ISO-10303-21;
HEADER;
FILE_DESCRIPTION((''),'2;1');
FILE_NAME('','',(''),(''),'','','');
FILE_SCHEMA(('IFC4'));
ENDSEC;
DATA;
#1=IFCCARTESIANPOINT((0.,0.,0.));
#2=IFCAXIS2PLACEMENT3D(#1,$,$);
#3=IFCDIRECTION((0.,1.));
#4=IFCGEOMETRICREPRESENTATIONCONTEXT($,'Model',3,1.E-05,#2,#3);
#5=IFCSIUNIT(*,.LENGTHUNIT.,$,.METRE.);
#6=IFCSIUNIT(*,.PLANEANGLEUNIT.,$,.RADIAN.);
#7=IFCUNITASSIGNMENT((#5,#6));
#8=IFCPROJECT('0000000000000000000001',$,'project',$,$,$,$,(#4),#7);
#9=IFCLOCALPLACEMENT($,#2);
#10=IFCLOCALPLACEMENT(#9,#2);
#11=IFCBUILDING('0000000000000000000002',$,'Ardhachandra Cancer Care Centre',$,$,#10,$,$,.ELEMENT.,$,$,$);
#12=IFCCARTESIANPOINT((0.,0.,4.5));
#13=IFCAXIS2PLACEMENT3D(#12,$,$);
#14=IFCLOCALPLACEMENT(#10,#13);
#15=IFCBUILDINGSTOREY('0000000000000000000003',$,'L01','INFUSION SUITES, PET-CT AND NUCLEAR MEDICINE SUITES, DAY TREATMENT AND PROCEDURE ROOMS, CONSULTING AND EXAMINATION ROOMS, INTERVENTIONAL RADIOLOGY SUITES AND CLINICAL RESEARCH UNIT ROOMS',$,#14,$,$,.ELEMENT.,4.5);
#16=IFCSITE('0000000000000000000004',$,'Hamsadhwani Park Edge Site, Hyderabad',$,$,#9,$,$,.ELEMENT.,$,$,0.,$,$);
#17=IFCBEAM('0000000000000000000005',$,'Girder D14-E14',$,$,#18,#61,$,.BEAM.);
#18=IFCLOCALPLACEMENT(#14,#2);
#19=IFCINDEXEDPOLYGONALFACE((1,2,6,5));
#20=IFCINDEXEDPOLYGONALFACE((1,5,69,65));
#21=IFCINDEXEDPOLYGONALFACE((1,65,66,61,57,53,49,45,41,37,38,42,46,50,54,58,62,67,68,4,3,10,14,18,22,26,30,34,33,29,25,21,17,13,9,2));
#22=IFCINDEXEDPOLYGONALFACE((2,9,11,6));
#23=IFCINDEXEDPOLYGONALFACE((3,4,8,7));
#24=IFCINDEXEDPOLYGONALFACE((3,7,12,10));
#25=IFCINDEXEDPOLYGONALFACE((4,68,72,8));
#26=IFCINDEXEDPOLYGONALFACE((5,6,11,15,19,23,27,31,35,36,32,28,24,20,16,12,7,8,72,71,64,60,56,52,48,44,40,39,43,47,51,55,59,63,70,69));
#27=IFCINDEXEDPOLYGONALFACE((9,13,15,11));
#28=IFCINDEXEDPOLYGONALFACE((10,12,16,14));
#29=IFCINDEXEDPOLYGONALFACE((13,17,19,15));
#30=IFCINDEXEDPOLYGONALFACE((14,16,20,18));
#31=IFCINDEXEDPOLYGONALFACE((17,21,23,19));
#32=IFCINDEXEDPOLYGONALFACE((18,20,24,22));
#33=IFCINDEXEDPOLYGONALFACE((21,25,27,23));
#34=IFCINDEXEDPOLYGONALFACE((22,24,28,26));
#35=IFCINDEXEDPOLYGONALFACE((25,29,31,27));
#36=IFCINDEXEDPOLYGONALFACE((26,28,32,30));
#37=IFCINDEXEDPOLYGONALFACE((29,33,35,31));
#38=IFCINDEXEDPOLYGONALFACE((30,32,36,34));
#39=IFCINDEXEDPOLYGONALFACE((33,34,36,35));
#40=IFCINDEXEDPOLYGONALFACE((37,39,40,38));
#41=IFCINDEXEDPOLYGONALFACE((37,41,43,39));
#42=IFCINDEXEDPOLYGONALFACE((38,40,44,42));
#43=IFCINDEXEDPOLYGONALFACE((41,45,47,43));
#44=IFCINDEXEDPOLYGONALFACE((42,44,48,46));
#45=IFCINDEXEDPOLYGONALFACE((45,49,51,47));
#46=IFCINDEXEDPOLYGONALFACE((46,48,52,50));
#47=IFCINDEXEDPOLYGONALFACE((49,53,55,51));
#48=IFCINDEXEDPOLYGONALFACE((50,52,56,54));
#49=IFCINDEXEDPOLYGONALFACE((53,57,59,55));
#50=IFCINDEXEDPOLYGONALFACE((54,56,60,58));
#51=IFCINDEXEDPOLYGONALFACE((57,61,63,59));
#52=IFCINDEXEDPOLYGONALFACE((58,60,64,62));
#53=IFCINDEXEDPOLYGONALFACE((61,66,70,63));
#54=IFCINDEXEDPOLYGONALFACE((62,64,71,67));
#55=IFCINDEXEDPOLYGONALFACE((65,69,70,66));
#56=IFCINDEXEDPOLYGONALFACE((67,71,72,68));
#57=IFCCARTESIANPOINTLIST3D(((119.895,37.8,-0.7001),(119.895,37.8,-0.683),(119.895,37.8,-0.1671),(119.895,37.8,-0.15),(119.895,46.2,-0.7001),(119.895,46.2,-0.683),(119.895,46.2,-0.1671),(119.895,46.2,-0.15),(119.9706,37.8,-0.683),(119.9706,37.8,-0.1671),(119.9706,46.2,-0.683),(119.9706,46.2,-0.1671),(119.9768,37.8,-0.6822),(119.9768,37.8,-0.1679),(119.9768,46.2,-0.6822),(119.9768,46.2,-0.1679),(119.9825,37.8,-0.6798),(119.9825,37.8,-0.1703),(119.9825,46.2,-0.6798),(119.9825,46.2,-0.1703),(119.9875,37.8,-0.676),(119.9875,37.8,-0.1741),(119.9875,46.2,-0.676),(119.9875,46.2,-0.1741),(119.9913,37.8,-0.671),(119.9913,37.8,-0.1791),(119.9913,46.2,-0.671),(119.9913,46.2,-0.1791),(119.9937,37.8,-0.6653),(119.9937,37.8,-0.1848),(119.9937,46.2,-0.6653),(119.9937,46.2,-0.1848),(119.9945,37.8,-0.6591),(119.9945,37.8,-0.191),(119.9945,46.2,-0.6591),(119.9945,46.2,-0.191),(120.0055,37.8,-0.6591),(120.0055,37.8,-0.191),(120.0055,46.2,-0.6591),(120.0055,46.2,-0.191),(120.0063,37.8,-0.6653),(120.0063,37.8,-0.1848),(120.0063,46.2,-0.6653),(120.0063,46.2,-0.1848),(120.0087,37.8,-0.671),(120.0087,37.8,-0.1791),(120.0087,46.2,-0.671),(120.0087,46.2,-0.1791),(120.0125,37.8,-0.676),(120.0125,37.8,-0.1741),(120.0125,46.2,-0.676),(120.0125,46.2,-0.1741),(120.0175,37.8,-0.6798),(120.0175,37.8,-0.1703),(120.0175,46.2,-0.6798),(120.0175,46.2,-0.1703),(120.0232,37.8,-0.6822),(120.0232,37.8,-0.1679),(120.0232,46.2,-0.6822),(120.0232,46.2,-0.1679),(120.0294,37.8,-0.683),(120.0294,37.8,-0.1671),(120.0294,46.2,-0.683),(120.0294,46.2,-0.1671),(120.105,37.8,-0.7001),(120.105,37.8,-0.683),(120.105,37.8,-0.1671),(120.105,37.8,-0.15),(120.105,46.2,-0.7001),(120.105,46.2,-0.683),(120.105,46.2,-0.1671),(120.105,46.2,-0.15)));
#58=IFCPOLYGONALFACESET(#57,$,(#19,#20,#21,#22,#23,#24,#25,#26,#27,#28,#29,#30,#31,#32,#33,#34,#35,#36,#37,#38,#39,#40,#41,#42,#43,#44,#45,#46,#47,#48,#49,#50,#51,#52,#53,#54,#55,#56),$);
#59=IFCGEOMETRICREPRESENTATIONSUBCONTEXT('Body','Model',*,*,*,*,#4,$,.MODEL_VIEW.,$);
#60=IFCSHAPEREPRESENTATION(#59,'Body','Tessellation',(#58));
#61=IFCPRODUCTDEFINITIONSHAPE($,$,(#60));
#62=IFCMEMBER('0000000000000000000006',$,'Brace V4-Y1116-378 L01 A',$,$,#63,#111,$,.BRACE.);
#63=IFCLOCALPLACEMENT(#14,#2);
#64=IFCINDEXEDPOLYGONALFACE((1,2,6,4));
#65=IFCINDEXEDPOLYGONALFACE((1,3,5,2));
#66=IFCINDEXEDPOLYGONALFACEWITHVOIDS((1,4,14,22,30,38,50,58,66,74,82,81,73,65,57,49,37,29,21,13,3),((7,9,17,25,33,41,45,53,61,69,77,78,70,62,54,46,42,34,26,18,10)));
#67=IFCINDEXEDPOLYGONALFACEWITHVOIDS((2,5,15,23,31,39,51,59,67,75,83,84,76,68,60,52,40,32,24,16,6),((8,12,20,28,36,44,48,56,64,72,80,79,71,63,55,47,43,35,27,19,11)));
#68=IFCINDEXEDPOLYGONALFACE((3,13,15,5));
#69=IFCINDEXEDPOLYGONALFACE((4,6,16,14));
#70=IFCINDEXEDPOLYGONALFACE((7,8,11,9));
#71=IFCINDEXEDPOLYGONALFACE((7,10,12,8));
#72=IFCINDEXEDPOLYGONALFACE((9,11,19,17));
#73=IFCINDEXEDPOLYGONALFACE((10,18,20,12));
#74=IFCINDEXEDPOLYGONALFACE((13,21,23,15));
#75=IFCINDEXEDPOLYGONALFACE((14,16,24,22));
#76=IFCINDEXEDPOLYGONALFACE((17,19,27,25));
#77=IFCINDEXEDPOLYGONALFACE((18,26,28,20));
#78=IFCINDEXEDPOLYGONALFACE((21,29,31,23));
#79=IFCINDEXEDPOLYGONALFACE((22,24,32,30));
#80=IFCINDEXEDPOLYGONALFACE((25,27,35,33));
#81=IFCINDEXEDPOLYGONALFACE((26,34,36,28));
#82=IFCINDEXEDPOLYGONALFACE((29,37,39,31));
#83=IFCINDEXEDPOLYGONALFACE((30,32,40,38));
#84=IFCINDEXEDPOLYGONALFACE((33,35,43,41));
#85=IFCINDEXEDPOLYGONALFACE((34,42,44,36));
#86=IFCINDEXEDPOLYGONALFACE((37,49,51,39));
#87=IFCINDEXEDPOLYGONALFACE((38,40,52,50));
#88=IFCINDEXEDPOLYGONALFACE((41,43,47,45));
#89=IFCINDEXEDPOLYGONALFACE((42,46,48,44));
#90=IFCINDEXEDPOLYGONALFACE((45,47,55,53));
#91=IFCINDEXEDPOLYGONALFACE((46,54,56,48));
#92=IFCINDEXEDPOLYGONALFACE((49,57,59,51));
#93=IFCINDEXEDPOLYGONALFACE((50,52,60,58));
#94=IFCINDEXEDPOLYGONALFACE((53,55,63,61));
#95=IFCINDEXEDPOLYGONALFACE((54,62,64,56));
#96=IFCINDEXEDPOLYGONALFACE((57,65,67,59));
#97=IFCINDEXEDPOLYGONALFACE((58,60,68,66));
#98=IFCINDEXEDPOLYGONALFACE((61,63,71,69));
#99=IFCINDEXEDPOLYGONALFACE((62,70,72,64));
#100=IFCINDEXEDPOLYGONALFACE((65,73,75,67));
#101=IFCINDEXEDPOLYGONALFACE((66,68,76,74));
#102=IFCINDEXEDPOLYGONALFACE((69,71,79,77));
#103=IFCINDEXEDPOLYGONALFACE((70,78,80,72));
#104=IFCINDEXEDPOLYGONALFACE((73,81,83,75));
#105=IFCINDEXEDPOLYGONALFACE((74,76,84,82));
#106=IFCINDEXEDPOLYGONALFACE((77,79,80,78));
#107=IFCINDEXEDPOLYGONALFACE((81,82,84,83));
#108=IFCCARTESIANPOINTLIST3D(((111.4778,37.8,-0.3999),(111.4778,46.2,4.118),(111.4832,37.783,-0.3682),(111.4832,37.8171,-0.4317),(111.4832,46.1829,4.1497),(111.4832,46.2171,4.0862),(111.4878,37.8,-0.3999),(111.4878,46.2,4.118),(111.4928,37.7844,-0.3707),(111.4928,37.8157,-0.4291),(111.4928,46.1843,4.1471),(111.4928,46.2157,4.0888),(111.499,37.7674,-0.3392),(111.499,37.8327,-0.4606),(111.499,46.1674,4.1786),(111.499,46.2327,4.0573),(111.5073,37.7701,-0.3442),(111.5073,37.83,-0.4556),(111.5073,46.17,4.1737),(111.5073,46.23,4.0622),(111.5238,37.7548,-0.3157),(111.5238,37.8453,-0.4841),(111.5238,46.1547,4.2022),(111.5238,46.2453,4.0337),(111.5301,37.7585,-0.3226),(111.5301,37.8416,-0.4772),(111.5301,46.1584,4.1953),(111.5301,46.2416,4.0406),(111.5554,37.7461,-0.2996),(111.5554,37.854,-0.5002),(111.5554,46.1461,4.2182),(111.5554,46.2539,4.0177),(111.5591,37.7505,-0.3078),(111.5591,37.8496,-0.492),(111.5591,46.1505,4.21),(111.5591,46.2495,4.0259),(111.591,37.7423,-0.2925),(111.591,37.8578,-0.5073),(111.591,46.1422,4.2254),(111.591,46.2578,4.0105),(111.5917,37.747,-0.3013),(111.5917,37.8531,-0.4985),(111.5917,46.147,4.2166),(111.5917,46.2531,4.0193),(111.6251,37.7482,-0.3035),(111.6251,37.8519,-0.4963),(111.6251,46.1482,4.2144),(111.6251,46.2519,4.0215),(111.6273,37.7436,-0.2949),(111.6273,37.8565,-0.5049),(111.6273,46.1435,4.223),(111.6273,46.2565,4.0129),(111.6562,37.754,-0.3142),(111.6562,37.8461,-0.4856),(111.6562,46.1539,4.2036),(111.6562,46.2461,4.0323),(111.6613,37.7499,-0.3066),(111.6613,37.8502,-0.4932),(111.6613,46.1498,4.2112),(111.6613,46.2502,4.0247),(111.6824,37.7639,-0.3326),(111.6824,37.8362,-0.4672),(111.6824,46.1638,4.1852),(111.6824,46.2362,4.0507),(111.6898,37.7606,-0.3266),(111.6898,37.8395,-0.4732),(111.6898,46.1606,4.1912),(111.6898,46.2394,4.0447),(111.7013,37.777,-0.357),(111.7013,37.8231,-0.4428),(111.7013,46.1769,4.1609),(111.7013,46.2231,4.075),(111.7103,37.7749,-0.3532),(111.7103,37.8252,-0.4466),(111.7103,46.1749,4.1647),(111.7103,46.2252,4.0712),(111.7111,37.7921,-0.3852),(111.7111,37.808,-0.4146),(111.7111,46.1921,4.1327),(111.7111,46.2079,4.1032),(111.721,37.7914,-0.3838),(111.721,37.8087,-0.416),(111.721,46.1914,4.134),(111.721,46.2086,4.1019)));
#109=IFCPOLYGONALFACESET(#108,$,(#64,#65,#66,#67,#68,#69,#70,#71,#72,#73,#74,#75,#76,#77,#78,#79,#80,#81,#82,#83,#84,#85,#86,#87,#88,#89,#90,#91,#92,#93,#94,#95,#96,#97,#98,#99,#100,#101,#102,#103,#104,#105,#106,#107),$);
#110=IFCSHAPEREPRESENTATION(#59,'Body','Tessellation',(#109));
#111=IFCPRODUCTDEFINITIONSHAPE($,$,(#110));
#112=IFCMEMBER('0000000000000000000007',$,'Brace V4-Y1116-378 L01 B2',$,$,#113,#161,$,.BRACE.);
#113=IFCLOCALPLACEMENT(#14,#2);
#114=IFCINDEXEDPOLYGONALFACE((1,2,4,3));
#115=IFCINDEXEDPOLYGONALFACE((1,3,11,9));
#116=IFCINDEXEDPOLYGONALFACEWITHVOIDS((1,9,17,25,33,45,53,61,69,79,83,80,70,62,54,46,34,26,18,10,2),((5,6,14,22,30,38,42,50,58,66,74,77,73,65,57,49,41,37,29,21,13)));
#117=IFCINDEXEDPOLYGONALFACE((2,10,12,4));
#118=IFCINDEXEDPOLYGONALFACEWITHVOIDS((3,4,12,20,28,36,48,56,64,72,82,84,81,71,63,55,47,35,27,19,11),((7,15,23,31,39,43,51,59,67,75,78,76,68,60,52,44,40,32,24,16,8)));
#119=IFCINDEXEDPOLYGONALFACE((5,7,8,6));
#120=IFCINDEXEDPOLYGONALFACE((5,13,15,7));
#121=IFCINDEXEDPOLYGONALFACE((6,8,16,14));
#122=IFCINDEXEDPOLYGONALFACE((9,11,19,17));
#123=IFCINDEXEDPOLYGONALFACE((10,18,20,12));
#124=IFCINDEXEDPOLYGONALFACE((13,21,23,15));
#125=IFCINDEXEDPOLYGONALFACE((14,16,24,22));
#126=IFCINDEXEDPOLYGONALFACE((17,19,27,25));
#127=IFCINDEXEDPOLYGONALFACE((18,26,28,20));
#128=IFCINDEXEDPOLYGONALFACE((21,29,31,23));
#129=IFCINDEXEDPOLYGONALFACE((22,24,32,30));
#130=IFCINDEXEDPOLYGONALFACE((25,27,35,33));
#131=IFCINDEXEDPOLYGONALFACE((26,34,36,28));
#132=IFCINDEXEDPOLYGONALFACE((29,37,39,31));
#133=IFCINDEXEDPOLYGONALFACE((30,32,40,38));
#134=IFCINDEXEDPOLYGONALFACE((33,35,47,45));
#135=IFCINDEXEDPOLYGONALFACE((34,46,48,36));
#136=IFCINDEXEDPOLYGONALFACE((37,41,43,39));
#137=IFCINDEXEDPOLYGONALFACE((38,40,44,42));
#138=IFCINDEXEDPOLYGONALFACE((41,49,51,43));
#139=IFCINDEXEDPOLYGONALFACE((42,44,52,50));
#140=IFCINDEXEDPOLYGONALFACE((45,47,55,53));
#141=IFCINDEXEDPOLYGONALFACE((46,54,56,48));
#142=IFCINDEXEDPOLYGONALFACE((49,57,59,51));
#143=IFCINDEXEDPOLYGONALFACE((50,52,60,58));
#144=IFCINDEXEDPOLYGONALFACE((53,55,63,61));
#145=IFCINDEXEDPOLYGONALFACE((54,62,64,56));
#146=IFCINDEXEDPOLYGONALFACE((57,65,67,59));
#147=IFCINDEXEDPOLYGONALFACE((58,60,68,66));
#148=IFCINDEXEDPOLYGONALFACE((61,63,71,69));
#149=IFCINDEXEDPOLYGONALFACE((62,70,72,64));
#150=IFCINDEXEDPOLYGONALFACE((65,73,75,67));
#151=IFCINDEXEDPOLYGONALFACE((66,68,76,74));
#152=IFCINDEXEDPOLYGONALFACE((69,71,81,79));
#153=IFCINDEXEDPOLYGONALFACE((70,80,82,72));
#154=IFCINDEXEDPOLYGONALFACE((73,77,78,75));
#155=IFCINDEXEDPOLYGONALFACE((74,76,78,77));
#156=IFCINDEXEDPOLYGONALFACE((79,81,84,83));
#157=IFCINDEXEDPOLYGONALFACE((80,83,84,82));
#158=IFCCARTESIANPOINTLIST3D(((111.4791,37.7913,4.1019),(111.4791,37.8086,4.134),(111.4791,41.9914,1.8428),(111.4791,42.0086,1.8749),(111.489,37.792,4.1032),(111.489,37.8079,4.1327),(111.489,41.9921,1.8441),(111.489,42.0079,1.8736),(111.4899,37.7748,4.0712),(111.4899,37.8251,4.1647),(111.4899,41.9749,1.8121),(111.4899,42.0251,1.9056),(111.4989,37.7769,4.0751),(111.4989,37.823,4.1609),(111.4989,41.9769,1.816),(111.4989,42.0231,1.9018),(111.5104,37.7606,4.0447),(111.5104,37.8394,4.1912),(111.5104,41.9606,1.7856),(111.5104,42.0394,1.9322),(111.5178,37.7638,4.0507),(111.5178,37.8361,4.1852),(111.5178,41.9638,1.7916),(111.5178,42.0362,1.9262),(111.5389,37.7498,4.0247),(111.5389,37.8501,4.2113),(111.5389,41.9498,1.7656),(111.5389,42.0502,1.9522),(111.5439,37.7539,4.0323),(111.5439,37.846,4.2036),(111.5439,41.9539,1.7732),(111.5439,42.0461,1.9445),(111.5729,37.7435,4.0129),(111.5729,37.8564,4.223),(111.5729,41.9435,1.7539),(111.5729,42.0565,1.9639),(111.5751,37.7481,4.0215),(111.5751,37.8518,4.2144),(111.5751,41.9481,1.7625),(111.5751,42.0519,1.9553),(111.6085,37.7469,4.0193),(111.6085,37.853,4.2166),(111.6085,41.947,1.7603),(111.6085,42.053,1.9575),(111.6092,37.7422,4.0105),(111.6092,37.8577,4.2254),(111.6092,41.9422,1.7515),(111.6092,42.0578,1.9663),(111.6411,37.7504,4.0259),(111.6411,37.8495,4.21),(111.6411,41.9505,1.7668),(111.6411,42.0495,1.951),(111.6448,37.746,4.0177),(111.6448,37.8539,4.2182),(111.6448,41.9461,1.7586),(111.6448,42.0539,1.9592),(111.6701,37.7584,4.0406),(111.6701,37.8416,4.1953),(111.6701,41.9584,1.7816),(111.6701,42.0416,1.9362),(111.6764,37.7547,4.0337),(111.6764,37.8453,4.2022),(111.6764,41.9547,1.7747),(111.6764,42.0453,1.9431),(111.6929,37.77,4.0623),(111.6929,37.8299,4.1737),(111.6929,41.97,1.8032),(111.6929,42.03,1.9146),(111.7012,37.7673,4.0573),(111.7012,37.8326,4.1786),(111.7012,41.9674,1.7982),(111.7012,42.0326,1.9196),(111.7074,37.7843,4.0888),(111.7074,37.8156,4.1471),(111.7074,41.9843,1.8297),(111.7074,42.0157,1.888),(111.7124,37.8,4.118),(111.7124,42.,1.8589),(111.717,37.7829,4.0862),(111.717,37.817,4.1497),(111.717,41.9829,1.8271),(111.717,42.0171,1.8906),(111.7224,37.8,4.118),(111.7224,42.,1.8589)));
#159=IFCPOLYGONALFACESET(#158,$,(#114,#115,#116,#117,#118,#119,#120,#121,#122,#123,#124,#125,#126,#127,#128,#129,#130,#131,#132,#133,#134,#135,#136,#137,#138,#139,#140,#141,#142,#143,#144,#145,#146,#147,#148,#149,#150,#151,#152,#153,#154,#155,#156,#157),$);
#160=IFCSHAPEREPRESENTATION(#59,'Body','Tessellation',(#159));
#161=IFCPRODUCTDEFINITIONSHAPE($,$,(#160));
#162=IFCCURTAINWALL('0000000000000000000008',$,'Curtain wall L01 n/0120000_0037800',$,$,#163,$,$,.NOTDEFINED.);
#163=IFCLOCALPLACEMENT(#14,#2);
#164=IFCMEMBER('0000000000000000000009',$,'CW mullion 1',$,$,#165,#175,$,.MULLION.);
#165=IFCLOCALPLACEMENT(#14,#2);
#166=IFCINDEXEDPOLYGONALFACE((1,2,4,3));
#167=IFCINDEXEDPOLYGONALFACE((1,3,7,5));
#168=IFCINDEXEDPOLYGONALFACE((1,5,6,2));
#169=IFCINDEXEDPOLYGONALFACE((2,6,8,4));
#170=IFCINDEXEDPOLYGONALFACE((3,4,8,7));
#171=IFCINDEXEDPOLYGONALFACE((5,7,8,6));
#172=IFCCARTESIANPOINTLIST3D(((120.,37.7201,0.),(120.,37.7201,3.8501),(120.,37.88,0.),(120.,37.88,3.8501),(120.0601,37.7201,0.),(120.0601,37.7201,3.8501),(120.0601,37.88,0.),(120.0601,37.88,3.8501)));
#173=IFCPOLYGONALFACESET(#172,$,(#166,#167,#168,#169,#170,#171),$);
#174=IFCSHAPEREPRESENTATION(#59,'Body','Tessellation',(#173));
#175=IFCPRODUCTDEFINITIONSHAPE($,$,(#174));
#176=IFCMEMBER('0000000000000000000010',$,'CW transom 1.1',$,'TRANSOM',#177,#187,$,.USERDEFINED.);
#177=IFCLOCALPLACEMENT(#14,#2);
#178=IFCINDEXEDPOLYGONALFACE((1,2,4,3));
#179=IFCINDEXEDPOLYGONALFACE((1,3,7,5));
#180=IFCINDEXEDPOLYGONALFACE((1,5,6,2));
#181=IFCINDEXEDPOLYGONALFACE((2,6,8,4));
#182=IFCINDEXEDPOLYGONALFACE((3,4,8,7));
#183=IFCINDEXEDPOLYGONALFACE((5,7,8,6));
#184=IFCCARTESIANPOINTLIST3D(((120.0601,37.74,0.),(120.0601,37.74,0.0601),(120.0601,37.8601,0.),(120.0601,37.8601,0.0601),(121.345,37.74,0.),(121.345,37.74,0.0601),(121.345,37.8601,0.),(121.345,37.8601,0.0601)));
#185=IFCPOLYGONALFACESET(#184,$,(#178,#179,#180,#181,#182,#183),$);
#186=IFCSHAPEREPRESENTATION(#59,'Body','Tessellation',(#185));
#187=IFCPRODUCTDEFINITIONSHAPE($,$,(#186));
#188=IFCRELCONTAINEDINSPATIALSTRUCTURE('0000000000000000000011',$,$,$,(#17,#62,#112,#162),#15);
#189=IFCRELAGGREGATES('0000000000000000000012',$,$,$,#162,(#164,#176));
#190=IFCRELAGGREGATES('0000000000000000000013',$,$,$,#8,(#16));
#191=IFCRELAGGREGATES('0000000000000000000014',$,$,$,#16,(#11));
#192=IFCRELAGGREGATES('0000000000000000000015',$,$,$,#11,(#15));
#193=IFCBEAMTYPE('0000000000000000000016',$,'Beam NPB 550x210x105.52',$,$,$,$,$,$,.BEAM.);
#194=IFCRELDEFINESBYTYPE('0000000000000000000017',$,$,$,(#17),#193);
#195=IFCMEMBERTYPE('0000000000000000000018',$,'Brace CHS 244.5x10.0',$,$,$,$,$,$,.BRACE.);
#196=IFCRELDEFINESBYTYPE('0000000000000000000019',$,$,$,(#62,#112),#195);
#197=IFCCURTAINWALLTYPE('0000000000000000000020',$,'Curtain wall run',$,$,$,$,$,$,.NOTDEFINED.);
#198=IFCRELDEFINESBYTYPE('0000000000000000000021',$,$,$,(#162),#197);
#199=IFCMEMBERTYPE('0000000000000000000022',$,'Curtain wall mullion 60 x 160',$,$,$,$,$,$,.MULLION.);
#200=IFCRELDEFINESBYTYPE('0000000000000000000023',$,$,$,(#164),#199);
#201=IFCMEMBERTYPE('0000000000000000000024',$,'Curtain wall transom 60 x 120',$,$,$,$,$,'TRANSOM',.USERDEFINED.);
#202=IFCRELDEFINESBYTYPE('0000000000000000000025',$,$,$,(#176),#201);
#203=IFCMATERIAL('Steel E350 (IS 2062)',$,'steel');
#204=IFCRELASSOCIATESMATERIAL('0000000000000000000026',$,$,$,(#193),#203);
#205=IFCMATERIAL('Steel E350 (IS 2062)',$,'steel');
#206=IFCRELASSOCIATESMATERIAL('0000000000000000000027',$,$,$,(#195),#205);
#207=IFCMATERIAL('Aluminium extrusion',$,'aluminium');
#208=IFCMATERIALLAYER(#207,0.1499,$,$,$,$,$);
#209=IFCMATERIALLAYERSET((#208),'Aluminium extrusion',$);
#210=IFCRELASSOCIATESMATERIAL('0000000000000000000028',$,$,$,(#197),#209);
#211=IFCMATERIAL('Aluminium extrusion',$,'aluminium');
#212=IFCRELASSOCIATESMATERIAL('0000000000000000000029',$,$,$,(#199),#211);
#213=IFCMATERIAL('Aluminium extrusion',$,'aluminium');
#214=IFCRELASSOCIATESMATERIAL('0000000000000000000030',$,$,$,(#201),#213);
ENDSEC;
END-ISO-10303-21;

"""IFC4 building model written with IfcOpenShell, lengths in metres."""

from ifc_helpers import new_model, si_unit, direction, frame, origin, origin_2d, place, context, subcontext, project, spatial, rectangle, hollow_circle, i_section, extrude, material, layer, layer_set, material_profile, profile_set, type_object, element, aggregate, save


model = new_model("IFC4")

# Units and contexts
model_context = context("Model", 3, precision=1e-05, world=origin(), true_north=direction((0.0, 1.0)))
body_context = subcontext(model_context, "Body", "Model", "MODEL_VIEW")
ifc_project = project(units=[si_unit("LENGTHUNIT", "METRE"), si_unit("PLANEANGLEUNIT", "RADIAN")], contexts=[model_context])

# Site, building, storey
site_placement = place(None, origin())
site = spatial("IfcSite", under=ifc_project, at=site_placement, Name="Hamsadhwani Park Edge Site, Hyderabad", CompositionType="ELEMENT", RefElevation=0.0)
building_placement = place(site_placement, origin())
building = spatial("IfcBuilding", under=site, at=building_placement, Name="Ardhachandra Cancer Care Centre", CompositionType="ELEMENT")
storey_placement = place(building_placement, frame((0.0, 0.0, 4.5)))
storey = spatial("IfcBuildingStorey", under=building, at=storey_placement, Name="L01", Description="INFUSION SUITES, PET-CT AND NUCLEAR MEDICINE SUITES, DAY TREATMENT AND PROCEDURE ROOMS, CONSULTING AND EXAMINATION ROOMS, INTERVENTIONAL RADIOLOGY SUITES AND CLINICAL RESEARCH UNIT ROOMS", CompositionType="ELEMENT", Elevation=4.5)

# Beam
ifc_material_1 = material(Name="Steel E350 (IS 2062)", Category="steel")
ifc_material_profile_1 = material_profile(ifc_material_1, i_section(OverallWidth=0.21, OverallDepth=0.55, WebThickness=0.011, FlangeThickness=0.0171, FilletRadius=0.0239, at=origin_2d()), Name="NPB 550x210x105.52")
ifc_profile_set_1 = profile_set([ifc_material_profile_1], Name="Steel E350 (IS 2062)")
beam_type_1 = type_object("IfcBeamType", Name="Beam NPB 550x210x105.52", PredefinedType="BEAM", material=ifc_profile_set_1)
for number, where, z_axis, x_axis, name in (
    (1, (120.0, 37.8, -0.425), (0.0, 1.0, 0.0), (-1.0, 0.0, 0.0), "Girder D14-E14"),
):
    element("IfcBeam", number, at=place(storey_placement, frame(where, z_axis=z_axis, x_axis=x_axis)), inside=storey, type_object=beam_type_1, Name=name, PredefinedType="BEAM", context=body_context, shape_type="SweptSolid", body=[
        extrude(i_section(OverallWidth=0.21, OverallDepth=0.55, WebThickness=0.011, FlangeThickness=0.0171, FilletRadius=0.0239, at=origin_2d()), origin(), (0.0, 0.0, 1.0), 8.3999),
    ])

# Members
ifc_material_2 = material(Name="Steel E350 (IS 2062)", Category="steel")
ifc_material_profile_2 = material_profile(ifc_material_2, hollow_circle(Radius=0.1223, WallThickness=0.01, at=origin_2d()), Name="CHS 244.5x10.0")
ifc_profile_set_2 = profile_set([ifc_material_profile_2], Name="Steel E350 (IS 2062)")
member_type_1 = type_object("IfcMemberType", Name="Brace CHS 244.5x10.0", PredefinedType="BRACE", material=ifc_profile_set_2)
member_1_placement = place(storey_placement, frame((111.6001, 37.8, -0.3999), z_axis=(0.0, 0.880699, 0.473677), x_axis=(-1.0, 0.0, 0.0)))
element("IfcMember", 2, at=member_1_placement, inside=storey, type_object=member_type_1, Name="Brace V4-Y1116-378 L01 A", PredefinedType="BRACE", context=body_context, shape_type="SweptSolid", body=[
    extrude(hollow_circle(Radius=0.1223, WallThickness=0.01, at=origin_2d()), origin(), (0.0, 0.0, 1.0), 9.5378),
])
member_2_placement = place(storey_placement, frame((111.6001, 42.0, 1.8589), z_axis=(0.0, -0.880688, 0.473697), x_axis=(1.0, 0.0, 0.0)))
element("IfcMember", 3, at=member_2_placement, inside=storey, type_object=member_type_1, Name="Brace V4-Y1116-378 L01 B2", PredefinedType="BRACE", context=body_context, shape_type="SweptSolid", body=[
    extrude(hollow_circle(Radius=0.1223, WallThickness=0.01, at=origin_2d()), origin(), (0.0, 0.0, 1.0), 4.769),
])

# Curtain wall, members
ifc_material_3 = material(Name="Aluminium extrusion", Category="aluminium")
ifc_layer_1 = layer(ifc_material_3, 0.1499)
ifc_layer_set_1 = layer_set([ifc_layer_1], Name="Aluminium extrusion")
curtain_wall_type = type_object("IfcCurtainWallType", Name="Curtain wall run", PredefinedType="NOTDEFINED", material=ifc_layer_set_1)
curtain_wall_placement = place(storey_placement, origin())
curtain_wall = element("IfcCurtainWall", 4, at=curtain_wall_placement, inside=storey, type_object=curtain_wall_type, Name="Curtain wall L01 n/0120000_0037800", PredefinedType="NOTDEFINED")
ifc_material_4 = material(Name="Aluminium extrusion", Category="aluminium")
ifc_material_profile_3 = material_profile(ifc_material_4, rectangle(XDim=0.1599, YDim=0.0601, at=origin_2d()), Name="Curtain wall mullion 60 x 160")
ifc_profile_set_3 = profile_set([ifc_material_profile_3], Name="Aluminium extrusion")
member_type_2 = type_object("IfcMemberType", Name="Curtain wall mullion 60 x 160", PredefinedType="MULLION", material=ifc_profile_set_3)
member_3_placement = place(storey_placement, frame((120.03, 37.8, 0.0), z_axis=(0.0, 0.0, 1.0), x_axis=(0.0, 1.0, 0.0)))
member_3 = element("IfcMember", 5, at=member_3_placement, type_object=member_type_2, Name="CW mullion 1", PredefinedType="MULLION", context=body_context, shape_type="SweptSolid", body=[
    extrude(rectangle(XDim=0.1599, YDim=0.0601, at=origin_2d()), origin(), (0.0, 0.0, 1.0), 3.8501),
])
ifc_material_5 = material(Name="Aluminium extrusion", Category="aluminium")
ifc_material_profile_4 = material_profile(ifc_material_5, rectangle(XDim=0.1201, YDim=0.0601, at=origin_2d()), Name="Curtain wall transom 60 x 120")
ifc_profile_set_4 = profile_set([ifc_material_profile_4], Name="Aluminium extrusion")
member_type_3 = type_object("IfcMemberType", Name="Curtain wall transom 60 x 120", ElementType="TRANSOM", PredefinedType="USERDEFINED", material=ifc_profile_set_4)
member_4_placement = place(storey_placement, frame((120.0601, 37.8, 0.03), z_axis=(1.0, 0.0, 0.0), x_axis=(0.0, 1.0, 0.0)))
member_4 = element("IfcMember", 6, at=member_4_placement, type_object=member_type_3, Name="CW transom 1.1", ObjectType="TRANSOM", PredefinedType="USERDEFINED", context=body_context, shape_type="SweptSolid", body=[
    extrude(rectangle(XDim=0.1201, YDim=0.0601, at=origin_2d()), origin(), (0.0, 0.0, 1.0), 1.2849),
])
aggregate(curtain_wall, [member_3, member_4])

save(model, "model.ifc")
